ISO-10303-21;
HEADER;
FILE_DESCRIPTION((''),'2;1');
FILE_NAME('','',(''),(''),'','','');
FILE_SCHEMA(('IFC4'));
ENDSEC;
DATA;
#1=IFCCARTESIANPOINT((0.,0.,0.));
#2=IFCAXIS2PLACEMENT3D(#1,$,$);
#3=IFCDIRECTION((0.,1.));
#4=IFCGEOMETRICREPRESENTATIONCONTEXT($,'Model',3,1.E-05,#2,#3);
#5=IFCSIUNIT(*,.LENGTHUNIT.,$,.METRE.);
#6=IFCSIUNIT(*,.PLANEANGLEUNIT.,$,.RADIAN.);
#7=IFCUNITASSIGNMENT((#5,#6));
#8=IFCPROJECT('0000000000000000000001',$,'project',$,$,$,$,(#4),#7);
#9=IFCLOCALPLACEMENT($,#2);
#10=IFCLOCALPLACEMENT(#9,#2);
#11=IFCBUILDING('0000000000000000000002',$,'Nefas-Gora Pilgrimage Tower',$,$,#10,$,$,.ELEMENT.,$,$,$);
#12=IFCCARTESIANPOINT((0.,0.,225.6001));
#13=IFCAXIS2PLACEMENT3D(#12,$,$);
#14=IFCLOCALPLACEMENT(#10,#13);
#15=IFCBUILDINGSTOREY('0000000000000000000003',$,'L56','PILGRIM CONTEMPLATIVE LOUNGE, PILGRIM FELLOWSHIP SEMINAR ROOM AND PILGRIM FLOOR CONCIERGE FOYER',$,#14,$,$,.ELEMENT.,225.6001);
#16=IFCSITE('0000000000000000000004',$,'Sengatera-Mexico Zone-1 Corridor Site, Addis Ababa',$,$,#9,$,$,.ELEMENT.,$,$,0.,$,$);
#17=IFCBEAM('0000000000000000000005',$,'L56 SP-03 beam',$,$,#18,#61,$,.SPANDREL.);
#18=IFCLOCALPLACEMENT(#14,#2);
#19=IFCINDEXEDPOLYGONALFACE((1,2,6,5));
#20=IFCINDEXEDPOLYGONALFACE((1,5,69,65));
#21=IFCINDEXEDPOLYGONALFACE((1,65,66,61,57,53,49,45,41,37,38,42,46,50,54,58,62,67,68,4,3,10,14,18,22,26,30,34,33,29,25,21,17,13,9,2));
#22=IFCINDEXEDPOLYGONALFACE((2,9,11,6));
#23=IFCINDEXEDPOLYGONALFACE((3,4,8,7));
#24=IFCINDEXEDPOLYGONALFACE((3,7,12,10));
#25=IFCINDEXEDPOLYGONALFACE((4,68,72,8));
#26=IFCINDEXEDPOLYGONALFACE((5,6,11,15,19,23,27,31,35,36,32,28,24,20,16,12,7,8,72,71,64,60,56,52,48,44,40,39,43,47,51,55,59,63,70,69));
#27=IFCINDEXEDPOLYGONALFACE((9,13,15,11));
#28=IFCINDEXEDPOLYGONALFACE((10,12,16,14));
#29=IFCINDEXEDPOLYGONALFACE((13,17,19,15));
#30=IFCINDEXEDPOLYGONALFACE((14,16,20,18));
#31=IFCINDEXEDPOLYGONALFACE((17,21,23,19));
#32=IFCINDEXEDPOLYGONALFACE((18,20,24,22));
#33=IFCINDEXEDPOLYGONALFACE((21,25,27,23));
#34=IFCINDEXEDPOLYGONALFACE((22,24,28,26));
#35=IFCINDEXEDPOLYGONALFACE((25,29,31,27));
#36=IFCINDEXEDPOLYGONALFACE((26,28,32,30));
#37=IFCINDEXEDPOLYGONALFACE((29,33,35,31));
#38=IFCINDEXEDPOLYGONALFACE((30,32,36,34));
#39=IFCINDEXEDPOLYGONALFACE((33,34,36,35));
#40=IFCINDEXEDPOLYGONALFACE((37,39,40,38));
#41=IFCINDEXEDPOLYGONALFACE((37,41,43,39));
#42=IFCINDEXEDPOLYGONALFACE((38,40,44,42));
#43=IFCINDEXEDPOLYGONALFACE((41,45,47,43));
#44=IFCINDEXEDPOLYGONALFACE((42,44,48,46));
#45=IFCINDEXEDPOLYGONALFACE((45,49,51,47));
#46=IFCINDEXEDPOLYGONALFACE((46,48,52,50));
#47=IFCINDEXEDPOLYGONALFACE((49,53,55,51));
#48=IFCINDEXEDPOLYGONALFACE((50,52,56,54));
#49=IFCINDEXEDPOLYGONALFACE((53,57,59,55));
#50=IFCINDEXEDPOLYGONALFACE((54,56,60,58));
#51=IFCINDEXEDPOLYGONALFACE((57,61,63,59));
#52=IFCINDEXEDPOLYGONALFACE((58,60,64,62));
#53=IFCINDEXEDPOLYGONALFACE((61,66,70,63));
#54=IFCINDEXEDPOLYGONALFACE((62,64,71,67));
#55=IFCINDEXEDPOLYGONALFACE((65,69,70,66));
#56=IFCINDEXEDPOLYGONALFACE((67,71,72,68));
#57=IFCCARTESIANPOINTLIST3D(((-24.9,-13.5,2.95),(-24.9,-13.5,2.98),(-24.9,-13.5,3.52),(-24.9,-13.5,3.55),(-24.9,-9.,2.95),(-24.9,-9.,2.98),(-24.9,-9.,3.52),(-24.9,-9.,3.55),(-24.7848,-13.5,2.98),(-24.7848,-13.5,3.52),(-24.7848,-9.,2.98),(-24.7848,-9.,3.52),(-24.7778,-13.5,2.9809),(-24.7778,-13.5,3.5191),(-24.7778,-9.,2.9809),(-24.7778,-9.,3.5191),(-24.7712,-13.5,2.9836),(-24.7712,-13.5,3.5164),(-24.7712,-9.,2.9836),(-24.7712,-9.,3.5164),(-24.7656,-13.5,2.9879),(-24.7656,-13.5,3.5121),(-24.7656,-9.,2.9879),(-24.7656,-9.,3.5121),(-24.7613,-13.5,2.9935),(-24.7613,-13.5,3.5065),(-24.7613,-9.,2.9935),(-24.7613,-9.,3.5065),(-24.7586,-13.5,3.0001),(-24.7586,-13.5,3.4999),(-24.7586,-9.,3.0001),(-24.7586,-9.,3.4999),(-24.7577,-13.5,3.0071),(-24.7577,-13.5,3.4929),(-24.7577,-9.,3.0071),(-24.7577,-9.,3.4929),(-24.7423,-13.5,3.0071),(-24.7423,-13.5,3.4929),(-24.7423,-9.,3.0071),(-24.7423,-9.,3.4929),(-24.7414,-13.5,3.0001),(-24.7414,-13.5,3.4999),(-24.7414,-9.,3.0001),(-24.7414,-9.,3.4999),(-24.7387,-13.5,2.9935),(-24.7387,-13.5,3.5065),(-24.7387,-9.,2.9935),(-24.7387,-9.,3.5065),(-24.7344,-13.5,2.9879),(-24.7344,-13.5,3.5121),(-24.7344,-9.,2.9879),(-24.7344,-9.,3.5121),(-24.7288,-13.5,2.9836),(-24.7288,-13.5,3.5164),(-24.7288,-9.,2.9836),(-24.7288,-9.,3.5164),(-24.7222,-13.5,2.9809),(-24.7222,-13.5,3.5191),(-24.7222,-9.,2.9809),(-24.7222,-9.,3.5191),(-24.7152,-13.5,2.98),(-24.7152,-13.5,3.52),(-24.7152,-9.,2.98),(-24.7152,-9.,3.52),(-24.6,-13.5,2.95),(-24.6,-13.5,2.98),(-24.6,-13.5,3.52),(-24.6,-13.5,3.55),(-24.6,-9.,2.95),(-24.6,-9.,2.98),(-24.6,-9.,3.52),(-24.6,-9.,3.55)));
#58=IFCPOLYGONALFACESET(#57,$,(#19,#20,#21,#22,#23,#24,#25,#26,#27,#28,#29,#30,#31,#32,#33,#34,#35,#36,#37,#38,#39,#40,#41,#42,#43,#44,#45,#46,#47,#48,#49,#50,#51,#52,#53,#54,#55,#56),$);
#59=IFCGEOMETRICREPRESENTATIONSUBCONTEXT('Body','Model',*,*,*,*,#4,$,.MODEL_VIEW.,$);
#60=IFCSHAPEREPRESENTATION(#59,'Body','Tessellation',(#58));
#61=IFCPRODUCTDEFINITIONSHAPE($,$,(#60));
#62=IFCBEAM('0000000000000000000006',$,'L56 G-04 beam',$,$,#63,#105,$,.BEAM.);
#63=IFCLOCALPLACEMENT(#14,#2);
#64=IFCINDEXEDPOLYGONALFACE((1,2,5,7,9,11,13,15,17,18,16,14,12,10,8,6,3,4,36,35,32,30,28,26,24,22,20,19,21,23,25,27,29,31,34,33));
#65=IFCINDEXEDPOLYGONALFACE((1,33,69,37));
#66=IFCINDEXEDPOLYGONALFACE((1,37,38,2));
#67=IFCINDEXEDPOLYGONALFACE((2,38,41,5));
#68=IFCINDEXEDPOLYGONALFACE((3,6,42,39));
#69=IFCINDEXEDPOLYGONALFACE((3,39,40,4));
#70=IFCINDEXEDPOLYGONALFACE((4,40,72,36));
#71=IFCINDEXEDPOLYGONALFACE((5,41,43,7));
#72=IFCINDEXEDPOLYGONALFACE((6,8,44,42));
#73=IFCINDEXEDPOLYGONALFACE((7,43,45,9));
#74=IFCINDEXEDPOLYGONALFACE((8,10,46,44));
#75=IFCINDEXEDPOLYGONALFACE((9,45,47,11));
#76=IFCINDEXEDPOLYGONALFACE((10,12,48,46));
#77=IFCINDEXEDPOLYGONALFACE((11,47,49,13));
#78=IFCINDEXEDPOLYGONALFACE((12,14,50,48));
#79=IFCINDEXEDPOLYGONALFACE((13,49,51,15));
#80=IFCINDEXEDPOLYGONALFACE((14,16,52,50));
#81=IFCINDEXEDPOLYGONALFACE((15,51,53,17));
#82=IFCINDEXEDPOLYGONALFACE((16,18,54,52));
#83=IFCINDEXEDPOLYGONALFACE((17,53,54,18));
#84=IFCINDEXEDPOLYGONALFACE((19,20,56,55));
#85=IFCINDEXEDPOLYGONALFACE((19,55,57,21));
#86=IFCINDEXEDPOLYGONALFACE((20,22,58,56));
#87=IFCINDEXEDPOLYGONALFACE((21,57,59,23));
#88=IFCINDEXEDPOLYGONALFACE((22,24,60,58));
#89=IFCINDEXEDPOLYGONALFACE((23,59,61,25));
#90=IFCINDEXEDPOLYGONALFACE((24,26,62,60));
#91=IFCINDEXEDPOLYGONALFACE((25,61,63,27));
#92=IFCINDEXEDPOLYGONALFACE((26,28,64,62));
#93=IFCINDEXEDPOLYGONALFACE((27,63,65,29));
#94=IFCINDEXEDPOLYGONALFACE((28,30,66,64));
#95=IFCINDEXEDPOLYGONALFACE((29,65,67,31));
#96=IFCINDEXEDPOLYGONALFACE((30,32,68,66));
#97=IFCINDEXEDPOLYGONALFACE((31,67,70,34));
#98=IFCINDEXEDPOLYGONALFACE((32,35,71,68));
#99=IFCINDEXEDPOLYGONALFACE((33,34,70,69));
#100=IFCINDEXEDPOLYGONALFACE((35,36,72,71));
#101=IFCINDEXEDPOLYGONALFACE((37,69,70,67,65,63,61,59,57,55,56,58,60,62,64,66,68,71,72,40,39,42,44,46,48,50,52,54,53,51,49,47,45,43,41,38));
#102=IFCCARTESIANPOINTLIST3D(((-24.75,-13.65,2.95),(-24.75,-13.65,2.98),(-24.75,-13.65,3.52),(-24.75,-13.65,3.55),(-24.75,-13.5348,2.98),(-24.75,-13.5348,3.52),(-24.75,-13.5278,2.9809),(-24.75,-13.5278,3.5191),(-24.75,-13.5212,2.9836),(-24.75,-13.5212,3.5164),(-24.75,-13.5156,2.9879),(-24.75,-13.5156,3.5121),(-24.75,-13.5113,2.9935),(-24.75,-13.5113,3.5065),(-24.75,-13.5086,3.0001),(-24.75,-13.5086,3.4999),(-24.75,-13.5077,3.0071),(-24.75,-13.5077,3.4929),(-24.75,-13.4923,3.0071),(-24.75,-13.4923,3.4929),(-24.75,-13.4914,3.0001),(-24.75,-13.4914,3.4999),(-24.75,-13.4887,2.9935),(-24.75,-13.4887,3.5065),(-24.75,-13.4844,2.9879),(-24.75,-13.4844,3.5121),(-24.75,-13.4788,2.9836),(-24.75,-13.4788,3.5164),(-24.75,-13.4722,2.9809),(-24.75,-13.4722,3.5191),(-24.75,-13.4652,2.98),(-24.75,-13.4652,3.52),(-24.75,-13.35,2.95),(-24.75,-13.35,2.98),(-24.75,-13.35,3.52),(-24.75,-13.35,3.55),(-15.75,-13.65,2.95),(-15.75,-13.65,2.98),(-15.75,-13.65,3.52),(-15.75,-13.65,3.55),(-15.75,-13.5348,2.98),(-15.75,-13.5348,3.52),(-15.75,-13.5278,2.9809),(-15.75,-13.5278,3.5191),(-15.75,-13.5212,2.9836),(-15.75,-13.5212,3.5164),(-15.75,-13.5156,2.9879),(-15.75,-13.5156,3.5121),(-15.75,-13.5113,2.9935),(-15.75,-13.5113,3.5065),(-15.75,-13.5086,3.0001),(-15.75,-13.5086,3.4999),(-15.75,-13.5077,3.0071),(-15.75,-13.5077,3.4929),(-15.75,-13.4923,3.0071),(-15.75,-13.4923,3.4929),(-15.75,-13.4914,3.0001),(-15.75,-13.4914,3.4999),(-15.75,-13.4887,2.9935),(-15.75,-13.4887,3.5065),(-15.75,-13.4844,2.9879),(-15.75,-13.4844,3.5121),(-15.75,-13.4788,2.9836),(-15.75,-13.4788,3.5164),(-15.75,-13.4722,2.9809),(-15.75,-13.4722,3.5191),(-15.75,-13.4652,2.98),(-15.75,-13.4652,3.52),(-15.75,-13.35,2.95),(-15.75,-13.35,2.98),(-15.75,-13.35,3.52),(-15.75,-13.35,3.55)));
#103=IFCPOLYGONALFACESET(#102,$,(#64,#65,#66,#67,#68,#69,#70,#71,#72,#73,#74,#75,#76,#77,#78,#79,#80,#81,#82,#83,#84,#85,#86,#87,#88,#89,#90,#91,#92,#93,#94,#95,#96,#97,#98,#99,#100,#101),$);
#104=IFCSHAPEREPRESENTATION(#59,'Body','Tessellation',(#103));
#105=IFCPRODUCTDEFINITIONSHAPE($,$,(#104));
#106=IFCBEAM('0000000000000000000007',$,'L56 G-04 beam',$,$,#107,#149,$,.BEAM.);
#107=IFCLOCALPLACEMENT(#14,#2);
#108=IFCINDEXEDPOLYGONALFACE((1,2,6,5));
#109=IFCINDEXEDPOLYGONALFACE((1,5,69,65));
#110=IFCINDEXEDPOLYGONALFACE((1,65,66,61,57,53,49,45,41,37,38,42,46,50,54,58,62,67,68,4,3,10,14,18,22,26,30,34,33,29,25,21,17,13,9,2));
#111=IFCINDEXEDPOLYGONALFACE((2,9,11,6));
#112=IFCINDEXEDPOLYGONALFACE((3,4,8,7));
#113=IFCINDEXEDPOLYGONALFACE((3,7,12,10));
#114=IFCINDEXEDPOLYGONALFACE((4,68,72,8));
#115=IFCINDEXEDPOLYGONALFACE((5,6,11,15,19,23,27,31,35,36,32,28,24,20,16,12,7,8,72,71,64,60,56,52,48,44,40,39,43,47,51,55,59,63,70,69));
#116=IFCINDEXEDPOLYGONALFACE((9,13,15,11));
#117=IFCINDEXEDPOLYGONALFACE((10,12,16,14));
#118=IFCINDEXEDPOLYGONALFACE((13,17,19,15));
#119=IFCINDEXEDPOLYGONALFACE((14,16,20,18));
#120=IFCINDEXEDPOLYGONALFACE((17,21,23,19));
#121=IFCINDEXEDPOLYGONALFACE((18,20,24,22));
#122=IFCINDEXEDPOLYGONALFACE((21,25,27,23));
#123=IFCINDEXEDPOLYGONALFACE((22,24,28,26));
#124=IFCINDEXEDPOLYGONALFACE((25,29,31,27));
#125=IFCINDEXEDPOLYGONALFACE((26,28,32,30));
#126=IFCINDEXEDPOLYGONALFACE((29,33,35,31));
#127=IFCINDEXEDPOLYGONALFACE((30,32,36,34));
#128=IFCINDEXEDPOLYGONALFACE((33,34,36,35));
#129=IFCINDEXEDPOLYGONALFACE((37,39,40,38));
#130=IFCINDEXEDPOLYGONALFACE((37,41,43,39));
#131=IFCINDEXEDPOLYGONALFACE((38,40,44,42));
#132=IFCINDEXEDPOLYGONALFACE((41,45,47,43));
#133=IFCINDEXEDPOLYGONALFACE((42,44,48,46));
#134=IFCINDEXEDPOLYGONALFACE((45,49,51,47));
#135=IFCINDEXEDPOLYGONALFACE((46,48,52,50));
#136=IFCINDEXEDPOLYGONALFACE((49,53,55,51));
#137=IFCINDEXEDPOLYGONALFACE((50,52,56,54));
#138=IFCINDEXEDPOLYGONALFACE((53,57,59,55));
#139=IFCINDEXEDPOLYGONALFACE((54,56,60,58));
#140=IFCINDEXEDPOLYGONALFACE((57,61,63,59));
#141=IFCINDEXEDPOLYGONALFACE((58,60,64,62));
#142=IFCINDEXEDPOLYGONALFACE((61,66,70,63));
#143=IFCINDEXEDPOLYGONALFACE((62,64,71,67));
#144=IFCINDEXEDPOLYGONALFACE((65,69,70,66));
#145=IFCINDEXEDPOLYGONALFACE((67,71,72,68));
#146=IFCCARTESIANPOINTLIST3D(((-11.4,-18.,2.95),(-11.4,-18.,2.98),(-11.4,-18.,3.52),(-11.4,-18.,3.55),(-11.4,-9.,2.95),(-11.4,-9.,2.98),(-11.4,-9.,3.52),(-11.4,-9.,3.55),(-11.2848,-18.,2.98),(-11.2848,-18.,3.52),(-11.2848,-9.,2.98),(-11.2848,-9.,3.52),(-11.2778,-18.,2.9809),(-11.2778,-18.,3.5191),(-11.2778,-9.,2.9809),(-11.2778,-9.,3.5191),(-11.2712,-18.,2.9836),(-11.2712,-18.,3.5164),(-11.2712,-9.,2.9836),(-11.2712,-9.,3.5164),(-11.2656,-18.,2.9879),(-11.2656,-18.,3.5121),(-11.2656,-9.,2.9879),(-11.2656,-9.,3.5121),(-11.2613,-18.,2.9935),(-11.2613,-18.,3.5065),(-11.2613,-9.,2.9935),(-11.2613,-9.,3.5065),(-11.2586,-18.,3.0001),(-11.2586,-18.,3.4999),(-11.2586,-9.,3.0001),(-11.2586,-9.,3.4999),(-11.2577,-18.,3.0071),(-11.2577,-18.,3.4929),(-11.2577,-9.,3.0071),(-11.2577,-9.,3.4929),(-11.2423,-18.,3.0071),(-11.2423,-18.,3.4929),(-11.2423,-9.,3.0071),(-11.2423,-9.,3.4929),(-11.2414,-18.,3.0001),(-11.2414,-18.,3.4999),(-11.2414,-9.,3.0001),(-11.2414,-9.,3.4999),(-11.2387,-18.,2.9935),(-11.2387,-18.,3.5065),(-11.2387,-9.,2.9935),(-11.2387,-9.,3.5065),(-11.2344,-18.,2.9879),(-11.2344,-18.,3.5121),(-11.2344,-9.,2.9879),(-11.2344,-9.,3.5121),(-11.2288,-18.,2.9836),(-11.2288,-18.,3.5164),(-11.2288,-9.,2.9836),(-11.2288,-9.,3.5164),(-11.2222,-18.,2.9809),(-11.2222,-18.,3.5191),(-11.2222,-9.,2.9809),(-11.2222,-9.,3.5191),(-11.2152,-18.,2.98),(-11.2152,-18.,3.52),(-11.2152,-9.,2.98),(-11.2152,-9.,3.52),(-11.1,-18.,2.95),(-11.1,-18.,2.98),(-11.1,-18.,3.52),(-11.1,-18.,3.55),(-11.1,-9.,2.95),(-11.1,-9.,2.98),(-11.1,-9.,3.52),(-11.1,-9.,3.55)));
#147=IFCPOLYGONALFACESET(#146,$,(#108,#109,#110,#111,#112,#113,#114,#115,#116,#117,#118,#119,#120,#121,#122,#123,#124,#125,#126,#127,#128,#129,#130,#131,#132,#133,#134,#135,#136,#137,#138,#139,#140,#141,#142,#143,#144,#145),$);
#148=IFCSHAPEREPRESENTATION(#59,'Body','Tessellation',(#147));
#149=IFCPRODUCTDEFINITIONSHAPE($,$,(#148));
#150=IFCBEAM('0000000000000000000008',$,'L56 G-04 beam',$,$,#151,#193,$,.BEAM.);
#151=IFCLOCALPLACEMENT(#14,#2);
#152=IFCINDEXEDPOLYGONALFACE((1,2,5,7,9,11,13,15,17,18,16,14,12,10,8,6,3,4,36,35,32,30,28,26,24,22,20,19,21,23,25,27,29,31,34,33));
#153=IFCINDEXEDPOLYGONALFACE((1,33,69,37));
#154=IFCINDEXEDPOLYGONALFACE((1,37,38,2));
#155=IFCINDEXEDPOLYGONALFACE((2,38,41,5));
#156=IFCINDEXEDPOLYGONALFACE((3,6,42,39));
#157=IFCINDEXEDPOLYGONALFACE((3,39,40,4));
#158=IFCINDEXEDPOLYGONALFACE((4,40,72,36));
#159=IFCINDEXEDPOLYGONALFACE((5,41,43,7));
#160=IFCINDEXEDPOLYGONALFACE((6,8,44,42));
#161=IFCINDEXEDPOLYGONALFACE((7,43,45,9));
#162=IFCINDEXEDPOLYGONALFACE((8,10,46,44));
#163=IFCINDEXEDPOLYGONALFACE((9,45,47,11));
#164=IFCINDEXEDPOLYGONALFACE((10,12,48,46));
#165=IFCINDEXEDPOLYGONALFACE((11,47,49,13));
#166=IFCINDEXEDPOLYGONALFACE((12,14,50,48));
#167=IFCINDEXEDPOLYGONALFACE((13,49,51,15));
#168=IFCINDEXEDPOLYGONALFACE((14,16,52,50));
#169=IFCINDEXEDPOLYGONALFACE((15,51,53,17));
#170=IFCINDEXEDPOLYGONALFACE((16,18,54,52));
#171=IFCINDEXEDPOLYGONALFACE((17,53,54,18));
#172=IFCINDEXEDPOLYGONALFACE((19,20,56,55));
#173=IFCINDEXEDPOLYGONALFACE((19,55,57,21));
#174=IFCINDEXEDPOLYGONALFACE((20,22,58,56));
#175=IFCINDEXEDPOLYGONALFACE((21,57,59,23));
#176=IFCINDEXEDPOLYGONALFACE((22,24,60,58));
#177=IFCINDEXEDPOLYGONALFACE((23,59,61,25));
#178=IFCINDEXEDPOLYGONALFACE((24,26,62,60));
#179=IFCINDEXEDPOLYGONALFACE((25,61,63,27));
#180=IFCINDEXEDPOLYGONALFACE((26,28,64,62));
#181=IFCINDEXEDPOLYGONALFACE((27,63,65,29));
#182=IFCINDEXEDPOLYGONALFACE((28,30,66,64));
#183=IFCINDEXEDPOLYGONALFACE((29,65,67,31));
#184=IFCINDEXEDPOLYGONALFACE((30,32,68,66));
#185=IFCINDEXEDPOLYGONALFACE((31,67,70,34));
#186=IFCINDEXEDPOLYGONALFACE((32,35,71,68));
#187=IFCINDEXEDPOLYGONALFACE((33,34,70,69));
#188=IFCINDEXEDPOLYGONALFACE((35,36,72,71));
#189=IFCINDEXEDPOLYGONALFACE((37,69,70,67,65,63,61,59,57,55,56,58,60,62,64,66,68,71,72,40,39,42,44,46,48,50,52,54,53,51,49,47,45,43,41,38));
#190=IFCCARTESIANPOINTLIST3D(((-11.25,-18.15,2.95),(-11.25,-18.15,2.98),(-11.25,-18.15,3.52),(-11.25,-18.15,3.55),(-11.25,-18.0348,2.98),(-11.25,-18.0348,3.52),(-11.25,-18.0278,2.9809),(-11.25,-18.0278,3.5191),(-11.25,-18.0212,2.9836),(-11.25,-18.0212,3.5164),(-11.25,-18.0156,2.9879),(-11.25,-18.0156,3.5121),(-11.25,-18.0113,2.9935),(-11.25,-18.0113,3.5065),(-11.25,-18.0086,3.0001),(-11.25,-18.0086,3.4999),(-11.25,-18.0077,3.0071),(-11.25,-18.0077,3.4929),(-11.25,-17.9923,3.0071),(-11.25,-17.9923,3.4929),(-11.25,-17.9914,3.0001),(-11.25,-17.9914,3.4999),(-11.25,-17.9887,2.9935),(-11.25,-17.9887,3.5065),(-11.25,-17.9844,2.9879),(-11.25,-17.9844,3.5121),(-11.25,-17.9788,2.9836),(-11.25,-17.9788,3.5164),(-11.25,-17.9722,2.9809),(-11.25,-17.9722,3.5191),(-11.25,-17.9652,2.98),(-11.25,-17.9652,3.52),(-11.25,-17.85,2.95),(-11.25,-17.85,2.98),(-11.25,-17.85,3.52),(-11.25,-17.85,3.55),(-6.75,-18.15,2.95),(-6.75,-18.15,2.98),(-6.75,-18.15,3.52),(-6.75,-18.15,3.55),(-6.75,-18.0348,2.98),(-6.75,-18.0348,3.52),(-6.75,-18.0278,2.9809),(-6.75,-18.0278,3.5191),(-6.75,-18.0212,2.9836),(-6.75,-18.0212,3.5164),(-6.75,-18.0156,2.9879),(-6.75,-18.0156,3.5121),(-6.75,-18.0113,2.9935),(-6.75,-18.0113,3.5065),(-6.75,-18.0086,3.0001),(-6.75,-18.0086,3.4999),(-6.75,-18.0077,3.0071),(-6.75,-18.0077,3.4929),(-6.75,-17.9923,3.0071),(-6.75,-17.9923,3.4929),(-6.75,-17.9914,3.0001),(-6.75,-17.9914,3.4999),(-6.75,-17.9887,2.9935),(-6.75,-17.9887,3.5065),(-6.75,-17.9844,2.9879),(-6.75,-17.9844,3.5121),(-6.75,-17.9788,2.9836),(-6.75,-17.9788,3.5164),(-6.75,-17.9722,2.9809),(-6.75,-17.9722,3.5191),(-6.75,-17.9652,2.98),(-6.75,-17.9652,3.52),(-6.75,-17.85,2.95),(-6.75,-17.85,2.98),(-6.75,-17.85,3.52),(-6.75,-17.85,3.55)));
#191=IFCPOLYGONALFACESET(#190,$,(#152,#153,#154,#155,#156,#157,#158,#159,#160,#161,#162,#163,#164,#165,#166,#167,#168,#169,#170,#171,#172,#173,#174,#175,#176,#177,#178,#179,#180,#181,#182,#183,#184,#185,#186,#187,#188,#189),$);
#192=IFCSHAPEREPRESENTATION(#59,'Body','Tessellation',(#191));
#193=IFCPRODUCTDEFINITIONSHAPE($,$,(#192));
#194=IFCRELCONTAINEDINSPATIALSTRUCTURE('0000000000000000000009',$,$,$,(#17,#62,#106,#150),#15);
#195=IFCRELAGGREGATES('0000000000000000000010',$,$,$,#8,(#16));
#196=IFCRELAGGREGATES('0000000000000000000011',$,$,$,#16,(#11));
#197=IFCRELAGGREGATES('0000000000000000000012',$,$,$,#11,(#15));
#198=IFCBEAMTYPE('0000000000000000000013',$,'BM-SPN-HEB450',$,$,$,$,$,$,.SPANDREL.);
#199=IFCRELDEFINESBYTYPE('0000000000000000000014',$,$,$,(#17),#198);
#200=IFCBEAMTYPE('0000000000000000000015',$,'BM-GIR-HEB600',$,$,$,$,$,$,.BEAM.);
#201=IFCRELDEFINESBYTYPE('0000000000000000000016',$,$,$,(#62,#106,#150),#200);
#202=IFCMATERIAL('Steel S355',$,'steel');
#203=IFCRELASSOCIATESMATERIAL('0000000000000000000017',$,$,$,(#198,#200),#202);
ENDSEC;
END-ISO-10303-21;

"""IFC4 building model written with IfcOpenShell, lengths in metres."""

from ifc_helpers import new_model, si_unit, direction, frame, origin, origin_2d, place, context, subcontext, project, spatial, i_section, extrude, source, transform, mapped, material, material_profile, profile_set, type_object, element, save


model = new_model("IFC4")

# Units and contexts
model_context = context("Model", 3, precision=1e-05, world=origin(), true_north=direction((0.0, 1.0)))
body_context = subcontext(model_context, "Body", "Model", "MODEL_VIEW")
ifc_project = project(units=[si_unit("LENGTHUNIT", "METRE"), si_unit("PLANEANGLEUNIT", "RADIAN")], contexts=[model_context])

# Site, building, storey
site_placement = place(None, origin())
site = spatial("IfcSite", under=ifc_project, at=site_placement, Name="Sengatera-Mexico Zone-1 Corridor Site, Addis Ababa", CompositionType="ELEMENT", RefElevation=0.0)
building_placement = place(site_placement, origin())
building = spatial("IfcBuilding", under=site, at=building_placement, Name="Nefas-Gora Pilgrimage Tower", CompositionType="ELEMENT")
storey_placement = place(building_placement, frame((0.0, 0.0, 225.6001)))
storey = spatial("IfcBuildingStorey", under=building, at=storey_placement, Name="L56", Description="PILGRIM CONTEMPLATIVE LOUNGE, PILGRIM FELLOWSHIP SEMINAR ROOM AND PILGRIM FLOOR CONCIERGE FOYER", CompositionType="ELEMENT", Elevation=225.6001)

# Beams
ifc_material_1 = material(Name="Steel S355", Category="steel")
ifc_material_profile_1 = material_profile(ifc_material_1, i_section(OverallWidth=0.3, OverallDepth=0.6001, WebThickness=0.0154, FlangeThickness=0.03, FilletRadius=0.0271, at=origin_2d()), Name="HEB 600")
ifc_profile_set_1 = profile_set([ifc_material_profile_1], Name="Steel S355")
beam_type_1 = type_object("IfcBeamType", Name="BM-SPN-HEB450", PredefinedType="SPANDREL", material=ifc_profile_set_1)
shared_shape_1 = source(origin(), body_context, "Body", "SweptSolid", [
    extrude(i_section(OverallWidth=0.3, OverallDepth=0.6001, WebThickness=0.0154, FlangeThickness=0.03, FilletRadius=0.0271, at=origin_2d()), origin(), (0.0, 0.0, 1.0), 4.5),
])
beam_1_placement = place(storey_placement, frame((-24.75, -13.5, 3.25), z_axis=(0.0, 1.0, 0.0), x_axis=(-1.0, 0.0, 0.0)))
element("IfcBeam", 1, at=beam_1_placement, inside=storey, type_object=beam_type_1, Name="L56 SP-03 beam", PredefinedType="SPANDREL", context=body_context, shape_type="MappedRepresentation", body=[
    mapped(shared_shape_1, transform((0.0, 0.0, 0.0), x_axis=(1.0, 0.0, 0.0), y_axis=(0.0, 1.0, 0.0), z_axis=(0.0, 0.0, 1.0), scale=1.0)),
])
ifc_material_profile_2 = material_profile(ifc_material_1, i_section(OverallWidth=0.3, OverallDepth=0.6001, WebThickness=0.0154, FlangeThickness=0.03, FilletRadius=0.0271, at=origin_2d()), Name="HEB 600")
ifc_profile_set_2 = profile_set([ifc_material_profile_2], Name="Steel S355")
beam_type_2 = type_object("IfcBeamType", Name="BM-GIR-HEB600", PredefinedType="BEAM", material=ifc_profile_set_2)
shared_shape_2 = source(origin(), body_context, "Body", "SweptSolid", [
    extrude(i_section(OverallWidth=0.3, OverallDepth=0.6001, WebThickness=0.0154, FlangeThickness=0.03, FilletRadius=0.0271, at=origin_2d()), origin(), (0.0, 0.0, 1.0), 9.0),
])
for number, where, z_axis, x_axis, name in (
    (2, (-24.75, -13.5, 3.25), (1.0, 0.0, 0.0), (0.0, 1.0, 0.0), "L56 G-04 beam"),
    (3, (-11.25, -18.0, 3.25), (0.0, 1.0, 0.0), (-1.0, 0.0, 0.0), "L56 G-04 beam"),
):
    element("IfcBeam", number, at=place(storey_placement, frame(where, z_axis=z_axis, x_axis=x_axis)), inside=storey, type_object=beam_type_2, Name=name, PredefinedType="BEAM", context=body_context, shape_type="MappedRepresentation", body=[
        mapped(shared_shape_2, transform((0.0, 0.0, 0.0), x_axis=(1.0, 0.0, 0.0), y_axis=(0.0, 1.0, 0.0), z_axis=(0.0, 0.0, 1.0), scale=1.0)),
    ])
shared_shape_3 = source(origin(), body_context, "Body", "SweptSolid", [
    extrude(i_section(OverallWidth=0.3, OverallDepth=0.6001, WebThickness=0.0154, FlangeThickness=0.03, FilletRadius=0.0271, at=origin_2d()), origin(), (0.0, 0.0, 1.0), 4.5),
])
beam_2_placement = place(storey_placement, frame((-11.25, -18.0, 3.25), z_axis=(1.0, 0.0, 0.0), x_axis=(0.0, 1.0, 0.0)))
element("IfcBeam", 4, at=beam_2_placement, inside=storey, type_object=beam_type_2, Name="L56 G-04 beam", PredefinedType="BEAM", context=body_context, shape_type="MappedRepresentation", body=[
    mapped(shared_shape_3, transform((0.0, 0.0, 0.0), x_axis=(1.0, 0.0, 0.0), y_axis=(0.0, 1.0, 0.0), z_axis=(0.0, 0.0, 1.0), scale=1.0)),
])

save(model, "model.ifc")
